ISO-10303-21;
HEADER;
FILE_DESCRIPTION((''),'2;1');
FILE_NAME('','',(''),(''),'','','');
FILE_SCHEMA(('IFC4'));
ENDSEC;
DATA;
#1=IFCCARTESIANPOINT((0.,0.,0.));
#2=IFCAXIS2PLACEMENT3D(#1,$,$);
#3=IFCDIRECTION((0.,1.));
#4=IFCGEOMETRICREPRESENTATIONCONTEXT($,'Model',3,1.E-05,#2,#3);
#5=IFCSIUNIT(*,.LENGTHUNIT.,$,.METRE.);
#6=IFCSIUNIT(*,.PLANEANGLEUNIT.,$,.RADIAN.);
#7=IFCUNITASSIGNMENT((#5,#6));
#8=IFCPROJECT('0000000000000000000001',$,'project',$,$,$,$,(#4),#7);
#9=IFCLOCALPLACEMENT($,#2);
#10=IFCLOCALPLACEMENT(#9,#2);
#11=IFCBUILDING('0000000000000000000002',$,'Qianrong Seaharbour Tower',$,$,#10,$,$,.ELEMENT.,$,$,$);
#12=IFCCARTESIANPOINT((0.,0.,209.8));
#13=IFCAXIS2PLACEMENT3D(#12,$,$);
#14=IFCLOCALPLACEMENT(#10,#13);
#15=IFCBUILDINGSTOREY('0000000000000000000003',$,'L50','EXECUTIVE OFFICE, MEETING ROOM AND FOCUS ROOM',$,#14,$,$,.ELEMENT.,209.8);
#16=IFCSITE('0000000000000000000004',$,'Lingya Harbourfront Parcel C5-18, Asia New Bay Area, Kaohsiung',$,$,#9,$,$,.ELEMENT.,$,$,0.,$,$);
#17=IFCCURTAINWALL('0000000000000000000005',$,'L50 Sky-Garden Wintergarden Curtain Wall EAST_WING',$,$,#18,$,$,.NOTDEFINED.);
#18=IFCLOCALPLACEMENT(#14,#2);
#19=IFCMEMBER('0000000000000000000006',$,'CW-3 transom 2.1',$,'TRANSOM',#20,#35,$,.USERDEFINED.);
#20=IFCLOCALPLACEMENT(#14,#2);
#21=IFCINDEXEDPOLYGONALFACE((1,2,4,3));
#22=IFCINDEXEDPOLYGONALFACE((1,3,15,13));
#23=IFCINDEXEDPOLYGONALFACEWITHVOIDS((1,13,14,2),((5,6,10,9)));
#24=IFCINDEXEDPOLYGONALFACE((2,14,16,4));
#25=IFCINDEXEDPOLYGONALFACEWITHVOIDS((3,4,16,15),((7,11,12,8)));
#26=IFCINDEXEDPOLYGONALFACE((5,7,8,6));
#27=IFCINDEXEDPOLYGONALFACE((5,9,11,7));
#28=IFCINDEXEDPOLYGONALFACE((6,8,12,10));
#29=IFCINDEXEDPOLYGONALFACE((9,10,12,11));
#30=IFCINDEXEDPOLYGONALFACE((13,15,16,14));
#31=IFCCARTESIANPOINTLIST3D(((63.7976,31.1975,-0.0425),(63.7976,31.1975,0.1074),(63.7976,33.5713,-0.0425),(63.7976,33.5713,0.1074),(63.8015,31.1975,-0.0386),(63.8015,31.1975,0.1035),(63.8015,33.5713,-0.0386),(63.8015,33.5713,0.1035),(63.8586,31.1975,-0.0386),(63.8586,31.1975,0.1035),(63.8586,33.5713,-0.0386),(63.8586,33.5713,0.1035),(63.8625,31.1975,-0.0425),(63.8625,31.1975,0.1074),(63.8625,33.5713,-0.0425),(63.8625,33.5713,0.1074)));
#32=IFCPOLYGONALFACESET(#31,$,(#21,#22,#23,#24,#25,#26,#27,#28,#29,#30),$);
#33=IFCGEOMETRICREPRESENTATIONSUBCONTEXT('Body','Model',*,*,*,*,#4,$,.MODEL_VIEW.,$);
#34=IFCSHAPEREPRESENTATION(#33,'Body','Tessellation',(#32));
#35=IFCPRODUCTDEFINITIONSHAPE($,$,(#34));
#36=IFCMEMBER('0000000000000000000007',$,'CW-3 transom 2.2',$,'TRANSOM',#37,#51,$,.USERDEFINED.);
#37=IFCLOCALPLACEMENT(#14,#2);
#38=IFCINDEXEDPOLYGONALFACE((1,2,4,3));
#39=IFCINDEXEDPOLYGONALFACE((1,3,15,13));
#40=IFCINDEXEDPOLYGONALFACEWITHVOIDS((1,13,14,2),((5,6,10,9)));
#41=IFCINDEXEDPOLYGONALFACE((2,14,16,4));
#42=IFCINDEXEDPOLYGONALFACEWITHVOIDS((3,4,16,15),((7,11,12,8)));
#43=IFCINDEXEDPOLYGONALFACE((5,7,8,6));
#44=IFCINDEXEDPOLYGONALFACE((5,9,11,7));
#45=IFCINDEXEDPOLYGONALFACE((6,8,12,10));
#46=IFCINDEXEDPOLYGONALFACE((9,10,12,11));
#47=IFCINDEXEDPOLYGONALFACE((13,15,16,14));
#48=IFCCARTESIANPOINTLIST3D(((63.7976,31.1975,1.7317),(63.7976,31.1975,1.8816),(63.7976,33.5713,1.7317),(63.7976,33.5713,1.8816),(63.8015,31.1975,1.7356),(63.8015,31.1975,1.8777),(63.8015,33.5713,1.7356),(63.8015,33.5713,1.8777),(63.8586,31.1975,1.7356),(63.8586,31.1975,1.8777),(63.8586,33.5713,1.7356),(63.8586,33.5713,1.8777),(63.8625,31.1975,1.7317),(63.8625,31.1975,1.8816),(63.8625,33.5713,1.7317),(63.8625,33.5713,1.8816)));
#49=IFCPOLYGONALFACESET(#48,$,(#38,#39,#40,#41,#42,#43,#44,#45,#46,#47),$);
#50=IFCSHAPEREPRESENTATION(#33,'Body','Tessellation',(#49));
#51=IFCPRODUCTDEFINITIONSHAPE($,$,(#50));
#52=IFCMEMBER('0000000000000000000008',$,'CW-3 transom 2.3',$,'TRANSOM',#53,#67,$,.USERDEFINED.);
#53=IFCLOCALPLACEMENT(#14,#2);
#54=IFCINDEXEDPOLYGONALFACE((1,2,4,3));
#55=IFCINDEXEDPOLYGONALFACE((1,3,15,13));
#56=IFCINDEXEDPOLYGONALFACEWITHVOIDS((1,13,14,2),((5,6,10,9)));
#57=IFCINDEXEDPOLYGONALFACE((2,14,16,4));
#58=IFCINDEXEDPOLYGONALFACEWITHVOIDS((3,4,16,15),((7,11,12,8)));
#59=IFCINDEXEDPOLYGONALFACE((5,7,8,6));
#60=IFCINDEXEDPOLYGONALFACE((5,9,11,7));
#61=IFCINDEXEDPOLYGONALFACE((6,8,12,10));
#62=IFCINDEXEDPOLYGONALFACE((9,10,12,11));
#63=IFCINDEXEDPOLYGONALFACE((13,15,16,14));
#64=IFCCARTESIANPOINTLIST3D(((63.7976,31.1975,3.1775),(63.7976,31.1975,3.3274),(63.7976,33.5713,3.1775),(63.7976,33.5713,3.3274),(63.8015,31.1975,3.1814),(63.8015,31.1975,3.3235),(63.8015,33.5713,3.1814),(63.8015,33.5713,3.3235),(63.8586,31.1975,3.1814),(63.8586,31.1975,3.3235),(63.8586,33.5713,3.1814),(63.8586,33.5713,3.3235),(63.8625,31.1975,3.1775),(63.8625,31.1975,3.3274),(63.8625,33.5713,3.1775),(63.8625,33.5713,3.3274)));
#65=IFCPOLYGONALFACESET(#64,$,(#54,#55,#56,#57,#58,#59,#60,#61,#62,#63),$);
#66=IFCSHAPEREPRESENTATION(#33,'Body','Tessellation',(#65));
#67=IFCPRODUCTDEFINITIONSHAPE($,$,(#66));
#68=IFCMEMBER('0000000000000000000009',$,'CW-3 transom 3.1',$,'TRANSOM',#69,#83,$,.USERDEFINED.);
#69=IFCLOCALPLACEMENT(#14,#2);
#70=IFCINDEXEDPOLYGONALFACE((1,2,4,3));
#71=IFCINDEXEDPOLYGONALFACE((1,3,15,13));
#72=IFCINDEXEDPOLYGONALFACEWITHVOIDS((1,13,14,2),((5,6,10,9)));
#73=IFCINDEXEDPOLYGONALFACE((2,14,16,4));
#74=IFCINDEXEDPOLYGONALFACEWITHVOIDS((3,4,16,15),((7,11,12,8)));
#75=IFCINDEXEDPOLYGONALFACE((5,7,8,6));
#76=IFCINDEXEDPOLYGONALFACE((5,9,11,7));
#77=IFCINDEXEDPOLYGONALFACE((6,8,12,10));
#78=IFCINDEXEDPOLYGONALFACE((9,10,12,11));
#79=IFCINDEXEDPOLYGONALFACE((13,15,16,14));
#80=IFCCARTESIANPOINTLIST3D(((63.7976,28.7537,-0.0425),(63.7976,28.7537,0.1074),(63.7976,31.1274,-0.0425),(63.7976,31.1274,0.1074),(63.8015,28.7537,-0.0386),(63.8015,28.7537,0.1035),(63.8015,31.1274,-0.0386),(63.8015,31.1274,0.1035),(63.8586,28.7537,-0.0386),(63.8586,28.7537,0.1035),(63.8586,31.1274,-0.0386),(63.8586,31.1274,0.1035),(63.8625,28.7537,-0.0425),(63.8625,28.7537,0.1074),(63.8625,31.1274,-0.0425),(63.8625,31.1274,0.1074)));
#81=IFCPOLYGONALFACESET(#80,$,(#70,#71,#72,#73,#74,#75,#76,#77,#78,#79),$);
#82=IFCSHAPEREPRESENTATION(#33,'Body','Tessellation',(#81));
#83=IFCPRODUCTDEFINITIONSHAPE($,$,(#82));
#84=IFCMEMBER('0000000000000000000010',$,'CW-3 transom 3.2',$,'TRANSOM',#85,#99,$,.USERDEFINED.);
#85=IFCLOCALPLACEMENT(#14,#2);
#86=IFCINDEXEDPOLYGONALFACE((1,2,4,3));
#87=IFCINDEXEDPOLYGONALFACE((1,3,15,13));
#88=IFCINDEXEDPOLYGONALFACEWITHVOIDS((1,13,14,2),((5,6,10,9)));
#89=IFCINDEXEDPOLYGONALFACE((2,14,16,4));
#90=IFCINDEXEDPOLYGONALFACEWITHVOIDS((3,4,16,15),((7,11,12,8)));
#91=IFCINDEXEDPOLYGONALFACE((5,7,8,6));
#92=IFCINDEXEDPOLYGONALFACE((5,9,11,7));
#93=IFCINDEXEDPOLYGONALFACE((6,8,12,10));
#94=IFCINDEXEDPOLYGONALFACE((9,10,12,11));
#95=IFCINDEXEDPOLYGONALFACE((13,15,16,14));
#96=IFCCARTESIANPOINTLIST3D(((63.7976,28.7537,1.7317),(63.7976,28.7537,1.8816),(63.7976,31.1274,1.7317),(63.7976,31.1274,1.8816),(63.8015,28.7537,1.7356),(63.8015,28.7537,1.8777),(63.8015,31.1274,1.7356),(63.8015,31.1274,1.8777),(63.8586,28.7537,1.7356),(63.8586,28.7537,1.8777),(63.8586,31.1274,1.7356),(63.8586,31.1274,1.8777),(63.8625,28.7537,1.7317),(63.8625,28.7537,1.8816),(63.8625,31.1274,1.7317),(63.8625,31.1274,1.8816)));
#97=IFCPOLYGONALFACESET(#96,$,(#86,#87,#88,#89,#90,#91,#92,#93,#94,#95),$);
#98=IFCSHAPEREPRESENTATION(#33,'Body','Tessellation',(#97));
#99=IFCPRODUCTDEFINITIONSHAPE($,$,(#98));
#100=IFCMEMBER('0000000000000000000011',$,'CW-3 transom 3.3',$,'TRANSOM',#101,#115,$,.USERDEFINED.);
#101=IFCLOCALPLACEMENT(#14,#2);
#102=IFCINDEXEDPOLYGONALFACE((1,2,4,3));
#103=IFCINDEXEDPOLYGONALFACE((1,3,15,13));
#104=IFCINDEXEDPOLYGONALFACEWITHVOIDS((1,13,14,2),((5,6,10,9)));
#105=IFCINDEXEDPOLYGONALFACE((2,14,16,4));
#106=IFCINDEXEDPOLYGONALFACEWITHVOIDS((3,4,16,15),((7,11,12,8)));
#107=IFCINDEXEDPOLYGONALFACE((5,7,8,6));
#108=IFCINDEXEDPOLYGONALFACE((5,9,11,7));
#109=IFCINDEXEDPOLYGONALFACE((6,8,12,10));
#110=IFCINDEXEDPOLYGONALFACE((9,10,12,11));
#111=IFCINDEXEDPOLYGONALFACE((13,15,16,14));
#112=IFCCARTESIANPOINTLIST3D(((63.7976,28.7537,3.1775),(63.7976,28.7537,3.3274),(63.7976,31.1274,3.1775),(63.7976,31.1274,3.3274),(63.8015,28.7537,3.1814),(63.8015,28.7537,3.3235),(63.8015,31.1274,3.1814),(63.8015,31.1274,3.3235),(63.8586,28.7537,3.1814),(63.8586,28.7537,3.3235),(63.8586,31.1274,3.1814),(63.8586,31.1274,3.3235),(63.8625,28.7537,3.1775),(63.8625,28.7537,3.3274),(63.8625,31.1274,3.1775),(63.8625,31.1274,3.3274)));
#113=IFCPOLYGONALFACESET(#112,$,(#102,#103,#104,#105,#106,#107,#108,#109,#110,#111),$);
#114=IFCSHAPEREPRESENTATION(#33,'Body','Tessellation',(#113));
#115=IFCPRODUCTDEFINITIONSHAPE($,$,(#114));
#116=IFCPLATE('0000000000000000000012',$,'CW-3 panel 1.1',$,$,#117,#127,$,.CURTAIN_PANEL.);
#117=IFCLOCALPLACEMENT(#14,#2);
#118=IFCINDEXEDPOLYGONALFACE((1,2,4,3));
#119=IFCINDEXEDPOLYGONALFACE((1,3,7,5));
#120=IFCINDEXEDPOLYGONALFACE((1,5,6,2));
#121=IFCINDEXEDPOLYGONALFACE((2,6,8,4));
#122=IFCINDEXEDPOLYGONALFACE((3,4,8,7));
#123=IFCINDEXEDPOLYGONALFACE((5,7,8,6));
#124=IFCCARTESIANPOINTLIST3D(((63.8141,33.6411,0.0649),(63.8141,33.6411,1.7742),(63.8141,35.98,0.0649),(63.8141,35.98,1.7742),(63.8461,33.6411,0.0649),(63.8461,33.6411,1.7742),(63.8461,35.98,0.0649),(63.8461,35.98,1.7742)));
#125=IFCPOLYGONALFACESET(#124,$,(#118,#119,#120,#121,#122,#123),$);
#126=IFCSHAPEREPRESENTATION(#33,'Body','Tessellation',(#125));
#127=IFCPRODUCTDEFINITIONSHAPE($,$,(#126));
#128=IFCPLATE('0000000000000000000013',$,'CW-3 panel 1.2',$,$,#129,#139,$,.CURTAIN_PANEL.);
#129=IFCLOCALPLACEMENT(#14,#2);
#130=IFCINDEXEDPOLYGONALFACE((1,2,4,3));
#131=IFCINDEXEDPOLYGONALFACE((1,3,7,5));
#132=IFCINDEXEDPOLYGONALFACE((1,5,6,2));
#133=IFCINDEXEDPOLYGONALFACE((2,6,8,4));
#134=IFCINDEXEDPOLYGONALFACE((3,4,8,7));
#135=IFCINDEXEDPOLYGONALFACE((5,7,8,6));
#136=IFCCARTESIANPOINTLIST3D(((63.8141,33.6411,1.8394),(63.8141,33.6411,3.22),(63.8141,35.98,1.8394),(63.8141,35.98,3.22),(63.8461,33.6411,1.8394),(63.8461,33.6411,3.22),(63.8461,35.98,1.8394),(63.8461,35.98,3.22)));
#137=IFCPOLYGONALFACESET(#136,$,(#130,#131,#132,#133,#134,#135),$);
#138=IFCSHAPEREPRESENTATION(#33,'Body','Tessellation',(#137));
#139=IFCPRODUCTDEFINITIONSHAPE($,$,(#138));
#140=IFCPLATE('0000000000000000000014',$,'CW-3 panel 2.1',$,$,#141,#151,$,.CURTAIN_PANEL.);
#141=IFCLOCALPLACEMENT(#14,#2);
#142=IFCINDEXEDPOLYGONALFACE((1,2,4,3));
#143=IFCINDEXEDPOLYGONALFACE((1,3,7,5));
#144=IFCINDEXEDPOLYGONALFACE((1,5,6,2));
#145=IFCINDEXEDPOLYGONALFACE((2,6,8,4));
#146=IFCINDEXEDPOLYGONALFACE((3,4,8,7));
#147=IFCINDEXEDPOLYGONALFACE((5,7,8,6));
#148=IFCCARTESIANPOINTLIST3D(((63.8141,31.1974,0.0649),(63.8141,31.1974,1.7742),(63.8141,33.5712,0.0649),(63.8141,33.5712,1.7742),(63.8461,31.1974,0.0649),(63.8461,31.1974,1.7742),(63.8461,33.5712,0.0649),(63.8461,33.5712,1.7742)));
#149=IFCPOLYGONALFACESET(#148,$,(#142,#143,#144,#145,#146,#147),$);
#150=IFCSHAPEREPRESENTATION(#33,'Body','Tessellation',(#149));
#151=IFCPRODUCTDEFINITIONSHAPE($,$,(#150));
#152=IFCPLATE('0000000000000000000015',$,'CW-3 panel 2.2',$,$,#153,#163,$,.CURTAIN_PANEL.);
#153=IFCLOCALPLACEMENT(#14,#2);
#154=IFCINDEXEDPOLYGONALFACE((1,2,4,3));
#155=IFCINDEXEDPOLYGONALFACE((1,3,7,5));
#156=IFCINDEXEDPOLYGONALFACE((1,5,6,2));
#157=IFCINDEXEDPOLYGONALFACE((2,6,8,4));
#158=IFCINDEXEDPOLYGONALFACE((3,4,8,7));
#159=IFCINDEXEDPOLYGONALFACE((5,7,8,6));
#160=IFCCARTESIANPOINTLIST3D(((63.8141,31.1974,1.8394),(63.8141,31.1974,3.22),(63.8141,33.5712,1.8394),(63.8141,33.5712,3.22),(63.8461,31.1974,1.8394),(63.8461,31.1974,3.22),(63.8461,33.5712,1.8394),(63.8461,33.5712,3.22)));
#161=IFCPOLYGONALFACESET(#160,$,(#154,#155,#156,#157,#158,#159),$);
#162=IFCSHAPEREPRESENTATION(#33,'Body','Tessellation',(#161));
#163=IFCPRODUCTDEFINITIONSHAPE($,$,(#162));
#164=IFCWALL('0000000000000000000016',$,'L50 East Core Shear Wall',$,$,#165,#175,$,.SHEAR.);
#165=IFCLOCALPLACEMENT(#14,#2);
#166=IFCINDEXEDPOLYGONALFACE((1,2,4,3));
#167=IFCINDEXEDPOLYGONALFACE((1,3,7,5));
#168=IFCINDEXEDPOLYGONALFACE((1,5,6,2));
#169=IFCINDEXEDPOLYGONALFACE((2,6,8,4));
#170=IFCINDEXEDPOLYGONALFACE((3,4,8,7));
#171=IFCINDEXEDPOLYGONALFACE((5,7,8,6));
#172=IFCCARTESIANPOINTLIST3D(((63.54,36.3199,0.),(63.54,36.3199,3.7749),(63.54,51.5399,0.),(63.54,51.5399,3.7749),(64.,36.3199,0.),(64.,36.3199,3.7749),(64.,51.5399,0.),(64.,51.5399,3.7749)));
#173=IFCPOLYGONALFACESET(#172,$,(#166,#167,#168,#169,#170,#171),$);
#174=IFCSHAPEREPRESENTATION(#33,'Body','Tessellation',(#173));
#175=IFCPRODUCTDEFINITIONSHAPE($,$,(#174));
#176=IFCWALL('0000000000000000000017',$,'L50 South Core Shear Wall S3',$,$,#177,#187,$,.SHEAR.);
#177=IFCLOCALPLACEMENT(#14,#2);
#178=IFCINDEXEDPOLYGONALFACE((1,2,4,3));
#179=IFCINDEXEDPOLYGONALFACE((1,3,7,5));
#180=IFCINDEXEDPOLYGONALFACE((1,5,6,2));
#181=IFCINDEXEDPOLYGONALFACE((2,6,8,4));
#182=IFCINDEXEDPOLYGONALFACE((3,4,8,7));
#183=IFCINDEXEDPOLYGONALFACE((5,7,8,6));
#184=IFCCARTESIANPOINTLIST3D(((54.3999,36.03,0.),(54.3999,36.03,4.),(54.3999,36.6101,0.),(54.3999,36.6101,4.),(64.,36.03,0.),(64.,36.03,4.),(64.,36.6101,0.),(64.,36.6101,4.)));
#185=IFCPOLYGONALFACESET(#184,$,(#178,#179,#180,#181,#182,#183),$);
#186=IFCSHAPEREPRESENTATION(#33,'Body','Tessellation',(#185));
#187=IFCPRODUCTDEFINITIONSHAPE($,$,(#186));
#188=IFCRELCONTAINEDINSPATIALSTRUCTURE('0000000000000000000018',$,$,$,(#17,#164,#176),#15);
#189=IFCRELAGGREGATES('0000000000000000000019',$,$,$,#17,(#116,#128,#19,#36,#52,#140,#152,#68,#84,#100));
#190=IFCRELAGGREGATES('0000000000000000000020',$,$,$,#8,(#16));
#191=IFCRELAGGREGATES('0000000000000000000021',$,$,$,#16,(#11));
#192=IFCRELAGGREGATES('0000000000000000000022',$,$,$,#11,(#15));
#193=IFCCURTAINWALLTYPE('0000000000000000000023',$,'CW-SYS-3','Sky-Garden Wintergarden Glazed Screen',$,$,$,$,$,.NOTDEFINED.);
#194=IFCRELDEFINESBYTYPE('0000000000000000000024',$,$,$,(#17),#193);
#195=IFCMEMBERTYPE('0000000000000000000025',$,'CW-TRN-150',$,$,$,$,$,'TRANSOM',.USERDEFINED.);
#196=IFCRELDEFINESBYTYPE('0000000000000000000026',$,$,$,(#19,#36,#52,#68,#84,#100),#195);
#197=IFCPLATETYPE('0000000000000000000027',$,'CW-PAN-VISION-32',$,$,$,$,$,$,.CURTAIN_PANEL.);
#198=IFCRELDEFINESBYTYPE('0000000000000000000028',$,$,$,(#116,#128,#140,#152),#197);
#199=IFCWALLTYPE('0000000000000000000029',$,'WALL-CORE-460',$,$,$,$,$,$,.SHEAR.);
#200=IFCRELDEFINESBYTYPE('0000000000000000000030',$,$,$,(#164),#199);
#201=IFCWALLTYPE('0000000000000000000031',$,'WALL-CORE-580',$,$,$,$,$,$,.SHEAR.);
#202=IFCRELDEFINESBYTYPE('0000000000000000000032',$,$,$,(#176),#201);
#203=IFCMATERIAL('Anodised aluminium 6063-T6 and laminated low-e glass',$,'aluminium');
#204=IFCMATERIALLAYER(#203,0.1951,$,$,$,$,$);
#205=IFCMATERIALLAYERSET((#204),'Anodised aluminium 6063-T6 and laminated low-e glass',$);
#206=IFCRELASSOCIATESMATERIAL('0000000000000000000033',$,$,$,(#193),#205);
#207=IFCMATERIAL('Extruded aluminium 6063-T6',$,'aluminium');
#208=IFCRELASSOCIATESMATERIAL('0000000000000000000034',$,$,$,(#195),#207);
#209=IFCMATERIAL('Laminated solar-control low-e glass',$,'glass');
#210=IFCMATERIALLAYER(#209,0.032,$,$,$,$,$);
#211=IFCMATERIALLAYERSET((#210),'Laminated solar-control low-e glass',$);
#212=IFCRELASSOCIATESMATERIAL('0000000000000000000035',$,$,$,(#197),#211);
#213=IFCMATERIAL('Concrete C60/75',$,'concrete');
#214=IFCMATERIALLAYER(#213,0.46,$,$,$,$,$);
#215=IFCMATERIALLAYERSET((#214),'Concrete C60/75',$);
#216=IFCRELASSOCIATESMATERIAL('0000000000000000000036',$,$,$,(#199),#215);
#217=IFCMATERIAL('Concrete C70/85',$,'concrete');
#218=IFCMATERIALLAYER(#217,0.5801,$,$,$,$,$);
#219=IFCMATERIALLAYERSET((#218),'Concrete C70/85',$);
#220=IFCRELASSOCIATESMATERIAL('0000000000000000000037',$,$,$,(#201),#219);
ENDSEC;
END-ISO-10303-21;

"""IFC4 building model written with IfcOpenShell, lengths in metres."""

from ifc_helpers import new_model, si_unit, direction, frame, frame_2d, origin, origin_2d, place, context, subcontext, project, spatial, rectangle, hollow_rectangle, extrude, material, layer, layer_set, material_profile, profile_set, type_object, element, aggregate, save


model = new_model("IFC4")

# Units and contexts
model_context = context("Model", 3, precision=1e-05, world=origin(), true_north=direction((0.0, 1.0)))
body_context = subcontext(model_context, "Body", "Model", "MODEL_VIEW")
ifc_project = project(units=[si_unit("LENGTHUNIT", "METRE"), si_unit("PLANEANGLEUNIT", "RADIAN")], contexts=[model_context])

# Site, building, storey
site_placement = place(None, origin())
site = spatial("IfcSite", under=ifc_project, at=site_placement, Name="Lingya Harbourfront Parcel C5-18, Asia New Bay Area, Kaohsiung", CompositionType="ELEMENT", RefElevation=0.0)
building_placement = place(site_placement, origin())
building = spatial("IfcBuilding", under=site, at=building_placement, Name="Qianrong Seaharbour Tower", CompositionType="ELEMENT")
storey_placement = place(building_placement, frame((0.0, 0.0, 209.8)))
storey = spatial("IfcBuildingStorey", under=building, at=storey_placement, Name="L50", Description="EXECUTIVE OFFICE, MEETING ROOM AND FOCUS ROOM", CompositionType="ELEMENT", Elevation=209.8)

# Shared definitions
ifc_material_1 = material(Name="Concrete C60/75", Category="concrete")

# Curtain wall, members, plates
ifc_material_2 = material(Name="Anodised aluminium 6063-T6 and laminated low-e glass", Category="aluminium")
ifc_layer_1 = layer(ifc_material_2, 0.1951)
ifc_layer_set_1 = layer_set([ifc_layer_1], Name="Anodised aluminium 6063-T6 and laminated low-e glass")
curtain_wall_type = type_object("IfcCurtainWallType", Name="CW-SYS-3", Description="Sky-Garden Wintergarden Glazed Screen", PredefinedType="NOTDEFINED", material=ifc_layer_set_1)
curtain_wall_placement = place(storey_placement, origin())
curtain_wall = element("IfcCurtainWall", 1, at=curtain_wall_placement, inside=storey, type_object=curtain_wall_type, Name="L50 Sky-Garden Wintergarden Curtain Wall EAST_WING", PredefinedType="NOTDEFINED")
ifc_material_3 = material(Name="Extruded aluminium 6063-T6", Category="aluminium")
ifc_material_profile_1 = material_profile(ifc_material_3, hollow_rectangle(XDim=0.0649, YDim=0.1499, WallThickness=0.0039, at=origin_2d()), Name="ALU-TRN-150x65x4")
ifc_profile_set_1 = profile_set([ifc_material_profile_1], Name="Extruded aluminium 6063-T6")
member_type_1 = type_object("IfcMemberType", Name="CW-TRN-150", ElementType="TRANSOM", PredefinedType="USERDEFINED", material=ifc_profile_set_1)
member_1_placement = place(storey_placement, frame((63.8301, 33.5713, 0.0325), z_axis=(0.0, -1.0, 0.0), x_axis=(1.0, 0.0, 0.0)))
member_1 = element("IfcMember", 2, at=member_1_placement, type_object=member_type_1, Name="CW-3 transom 2.1", ObjectType="TRANSOM", PredefinedType="USERDEFINED", context=body_context, shape_type="SweptSolid", body=[
    extrude(hollow_rectangle(XDim=0.0649, YDim=0.1499, WallThickness=0.0039, at=origin_2d()), origin(), (0.0, 0.0, 1.0), 2.3738),
])
member_2_placement = place(storey_placement, frame((63.8301, 33.5713, 1.8066), z_axis=(0.0, -1.0, 0.0), x_axis=(1.0, 0.0, 0.0)))
member_2 = element("IfcMember", 3, at=member_2_placement, type_object=member_type_1, Name="CW-3 transom 2.2", ObjectType="TRANSOM", PredefinedType="USERDEFINED", context=body_context, shape_type="SweptSolid", body=[
    extrude(hollow_rectangle(XDim=0.0649, YDim=0.1499, WallThickness=0.0039, at=origin_2d()), origin(), (0.0, 0.0, 1.0), 2.3738),
])
member_3_placement = place(storey_placement, frame((63.8301, 33.5713, 3.2524), z_axis=(0.0, -1.0, 0.0), x_axis=(1.0, 0.0, 0.0)))
member_3 = element("IfcMember", 4, at=member_3_placement, type_object=member_type_1, Name="CW-3 transom 2.3", ObjectType="TRANSOM", PredefinedType="USERDEFINED", context=body_context, shape_type="SweptSolid", body=[
    extrude(hollow_rectangle(XDim=0.0649, YDim=0.1499, WallThickness=0.0039, at=origin_2d()), origin(), (0.0, 0.0, 1.0), 2.3738),
])
member_4_placement = place(storey_placement, frame((63.8301, 31.1274, 0.0325), z_axis=(0.0, -1.0, 0.0), x_axis=(1.0, 0.0, 0.0)))
member_4 = element("IfcMember", 5, at=member_4_placement, type_object=member_type_1, Name="CW-3 transom 3.1", ObjectType="TRANSOM", PredefinedType="USERDEFINED", context=body_context, shape_type="SweptSolid", body=[
    extrude(hollow_rectangle(XDim=0.0649, YDim=0.1499, WallThickness=0.0039, at=origin_2d()), origin(), (0.0, 0.0, 1.0), 2.3738),
])
member_5_placement = place(storey_placement, frame((63.8301, 31.1274, 1.8066), z_axis=(0.0, -1.0, 0.0), x_axis=(1.0, 0.0, 0.0)))
member_5 = element("IfcMember", 6, at=member_5_placement, type_object=member_type_1, Name="CW-3 transom 3.2", ObjectType="TRANSOM", PredefinedType="USERDEFINED", context=body_context, shape_type="SweptSolid", body=[
    extrude(hollow_rectangle(XDim=0.0649, YDim=0.1499, WallThickness=0.0039, at=origin_2d()), origin(), (0.0, 0.0, 1.0), 2.3738),
])
member_6_placement = place(storey_placement, frame((63.8301, 31.1274, 3.2524), z_axis=(0.0, -1.0, 0.0), x_axis=(1.0, 0.0, 0.0)))
member_6 = element("IfcMember", 7, at=member_6_placement, type_object=member_type_1, Name="CW-3 transom 3.3", ObjectType="TRANSOM", PredefinedType="USERDEFINED", context=body_context, shape_type="SweptSolid", body=[
    extrude(hollow_rectangle(XDim=0.0649, YDim=0.1499, WallThickness=0.0039, at=origin_2d()), origin(), (0.0, 0.0, 1.0), 2.3738),
])
ifc_material_4 = material(Name="Laminated solar-control low-e glass", Category="glass")
ifc_layer_2 = layer(ifc_material_4, 0.032)
ifc_layer_set_2 = layer_set([ifc_layer_2], Name="Laminated solar-control low-e glass")
plate_type = type_object("IfcPlateType", Name="CW-PAN-VISION-32", PredefinedType="CURTAIN_PANEL", material=ifc_layer_set_2)
plate_1_placement = place(storey_placement, frame((63.8301, 34.8105, 0.0649), z_axis=(0.0, 0.0, 1.0), x_axis=(0.0, -1.0, 0.0)))
plate_1 = element("IfcPlate", 8, at=plate_1_placement, type_object=plate_type, Name="CW-3 panel 1.1", PredefinedType="CURTAIN_PANEL", context=body_context, shape_type="SweptSolid", body=[
    extrude(rectangle(XDim=2.3389, YDim=0.032, at=origin_2d()), origin(), (0.0, 0.0, 1.0), 1.7092),
])
plate_2_placement = place(storey_placement, frame((63.8301, 34.8105, 1.8394), z_axis=(0.0, 0.0, 1.0), x_axis=(0.0, -1.0, 0.0)))
plate_2 = element("IfcPlate", 9, at=plate_2_placement, type_object=plate_type, Name="CW-3 panel 1.2", PredefinedType="CURTAIN_PANEL", context=body_context, shape_type="SweptSolid", body=[
    extrude(rectangle(XDim=2.3389, YDim=0.032, at=origin_2d()), origin(), (0.0, 0.0, 1.0), 1.3806),
])
plate_3_placement = place(storey_placement, frame((63.8301, 32.3843, 0.0649), z_axis=(0.0, 0.0, 1.0), x_axis=(0.0, -1.0, 0.0)))
plate_3 = element("IfcPlate", 10, at=plate_3_placement, type_object=plate_type, Name="CW-3 panel 2.1", PredefinedType="CURTAIN_PANEL", context=body_context, shape_type="SweptSolid", body=[
    extrude(rectangle(XDim=2.3738, YDim=0.032, at=origin_2d()), origin(), (0.0, 0.0, 1.0), 1.7092),
])
plate_4_placement = place(storey_placement, frame((63.8301, 32.3843, 1.8394), z_axis=(0.0, 0.0, 1.0), x_axis=(0.0, -1.0, 0.0)))
plate_4 = element("IfcPlate", 11, at=plate_4_placement, type_object=plate_type, Name="CW-3 panel 2.2", PredefinedType="CURTAIN_PANEL", context=body_context, shape_type="SweptSolid", body=[
    extrude(rectangle(XDim=2.3738, YDim=0.032, at=origin_2d()), origin(), (0.0, 0.0, 1.0), 1.3806),
])
aggregate(curtain_wall, [plate_1, plate_2, member_1, member_2, member_3, plate_3, plate_4, member_4, member_5, member_6])

# Walls
ifc_layer_3 = layer(ifc_material_1, 0.46)
ifc_layer_set_3 = layer_set([ifc_layer_3], Name="Concrete C60/75")
wall_type_1 = type_object("IfcWallType", Name="WALL-CORE-460", PredefinedType="SHEAR", material=ifc_layer_set_3)
wall_1_placement = place(storey_placement, frame((63.77, 36.3201, 0.0), z_axis=(0.0, 0.0, 1.0), x_axis=(0.0, 1.0, 0.0)))
element("IfcWall", 12, at=wall_1_placement, inside=storey, type_object=wall_type_1, Name="L50 East Core Shear Wall", PredefinedType="SHEAR", context=body_context, shape_type="SweptSolid", body=[
    extrude(rectangle(XDim=15.22, YDim=0.46, at=frame_2d((7.6099, 0.0))), origin(), (0.0, 0.0, 1.0), 3.7749),
])
ifc_material_5 = material(Name="Concrete C70/85", Category="concrete")
ifc_layer_4 = layer(ifc_material_5, 0.5801)
ifc_layer_set_4 = layer_set([ifc_layer_4], Name="Concrete C70/85")
wall_type_2 = type_object("IfcWallType", Name="WALL-CORE-580", PredefinedType="SHEAR", material=ifc_layer_set_4)
wall_2_placement = place(storey_placement, frame((54.3999, 36.3201, 0.0), z_axis=(0.0, 0.0, 1.0), x_axis=(1.0, 0.0, 0.0)))
element("IfcWall", 13, at=wall_2_placement, inside=storey, type_object=wall_type_2, Name="L50 South Core Shear Wall S3", PredefinedType="SHEAR", context=body_context, shape_type="SweptSolid", body=[
    extrude(rectangle(XDim=9.6001, YDim=0.5801, at=frame_2d((4.8, 0.0))), origin(), (0.0, 0.0, 1.0), 4.0),
])

save(model, "model.ifc")
